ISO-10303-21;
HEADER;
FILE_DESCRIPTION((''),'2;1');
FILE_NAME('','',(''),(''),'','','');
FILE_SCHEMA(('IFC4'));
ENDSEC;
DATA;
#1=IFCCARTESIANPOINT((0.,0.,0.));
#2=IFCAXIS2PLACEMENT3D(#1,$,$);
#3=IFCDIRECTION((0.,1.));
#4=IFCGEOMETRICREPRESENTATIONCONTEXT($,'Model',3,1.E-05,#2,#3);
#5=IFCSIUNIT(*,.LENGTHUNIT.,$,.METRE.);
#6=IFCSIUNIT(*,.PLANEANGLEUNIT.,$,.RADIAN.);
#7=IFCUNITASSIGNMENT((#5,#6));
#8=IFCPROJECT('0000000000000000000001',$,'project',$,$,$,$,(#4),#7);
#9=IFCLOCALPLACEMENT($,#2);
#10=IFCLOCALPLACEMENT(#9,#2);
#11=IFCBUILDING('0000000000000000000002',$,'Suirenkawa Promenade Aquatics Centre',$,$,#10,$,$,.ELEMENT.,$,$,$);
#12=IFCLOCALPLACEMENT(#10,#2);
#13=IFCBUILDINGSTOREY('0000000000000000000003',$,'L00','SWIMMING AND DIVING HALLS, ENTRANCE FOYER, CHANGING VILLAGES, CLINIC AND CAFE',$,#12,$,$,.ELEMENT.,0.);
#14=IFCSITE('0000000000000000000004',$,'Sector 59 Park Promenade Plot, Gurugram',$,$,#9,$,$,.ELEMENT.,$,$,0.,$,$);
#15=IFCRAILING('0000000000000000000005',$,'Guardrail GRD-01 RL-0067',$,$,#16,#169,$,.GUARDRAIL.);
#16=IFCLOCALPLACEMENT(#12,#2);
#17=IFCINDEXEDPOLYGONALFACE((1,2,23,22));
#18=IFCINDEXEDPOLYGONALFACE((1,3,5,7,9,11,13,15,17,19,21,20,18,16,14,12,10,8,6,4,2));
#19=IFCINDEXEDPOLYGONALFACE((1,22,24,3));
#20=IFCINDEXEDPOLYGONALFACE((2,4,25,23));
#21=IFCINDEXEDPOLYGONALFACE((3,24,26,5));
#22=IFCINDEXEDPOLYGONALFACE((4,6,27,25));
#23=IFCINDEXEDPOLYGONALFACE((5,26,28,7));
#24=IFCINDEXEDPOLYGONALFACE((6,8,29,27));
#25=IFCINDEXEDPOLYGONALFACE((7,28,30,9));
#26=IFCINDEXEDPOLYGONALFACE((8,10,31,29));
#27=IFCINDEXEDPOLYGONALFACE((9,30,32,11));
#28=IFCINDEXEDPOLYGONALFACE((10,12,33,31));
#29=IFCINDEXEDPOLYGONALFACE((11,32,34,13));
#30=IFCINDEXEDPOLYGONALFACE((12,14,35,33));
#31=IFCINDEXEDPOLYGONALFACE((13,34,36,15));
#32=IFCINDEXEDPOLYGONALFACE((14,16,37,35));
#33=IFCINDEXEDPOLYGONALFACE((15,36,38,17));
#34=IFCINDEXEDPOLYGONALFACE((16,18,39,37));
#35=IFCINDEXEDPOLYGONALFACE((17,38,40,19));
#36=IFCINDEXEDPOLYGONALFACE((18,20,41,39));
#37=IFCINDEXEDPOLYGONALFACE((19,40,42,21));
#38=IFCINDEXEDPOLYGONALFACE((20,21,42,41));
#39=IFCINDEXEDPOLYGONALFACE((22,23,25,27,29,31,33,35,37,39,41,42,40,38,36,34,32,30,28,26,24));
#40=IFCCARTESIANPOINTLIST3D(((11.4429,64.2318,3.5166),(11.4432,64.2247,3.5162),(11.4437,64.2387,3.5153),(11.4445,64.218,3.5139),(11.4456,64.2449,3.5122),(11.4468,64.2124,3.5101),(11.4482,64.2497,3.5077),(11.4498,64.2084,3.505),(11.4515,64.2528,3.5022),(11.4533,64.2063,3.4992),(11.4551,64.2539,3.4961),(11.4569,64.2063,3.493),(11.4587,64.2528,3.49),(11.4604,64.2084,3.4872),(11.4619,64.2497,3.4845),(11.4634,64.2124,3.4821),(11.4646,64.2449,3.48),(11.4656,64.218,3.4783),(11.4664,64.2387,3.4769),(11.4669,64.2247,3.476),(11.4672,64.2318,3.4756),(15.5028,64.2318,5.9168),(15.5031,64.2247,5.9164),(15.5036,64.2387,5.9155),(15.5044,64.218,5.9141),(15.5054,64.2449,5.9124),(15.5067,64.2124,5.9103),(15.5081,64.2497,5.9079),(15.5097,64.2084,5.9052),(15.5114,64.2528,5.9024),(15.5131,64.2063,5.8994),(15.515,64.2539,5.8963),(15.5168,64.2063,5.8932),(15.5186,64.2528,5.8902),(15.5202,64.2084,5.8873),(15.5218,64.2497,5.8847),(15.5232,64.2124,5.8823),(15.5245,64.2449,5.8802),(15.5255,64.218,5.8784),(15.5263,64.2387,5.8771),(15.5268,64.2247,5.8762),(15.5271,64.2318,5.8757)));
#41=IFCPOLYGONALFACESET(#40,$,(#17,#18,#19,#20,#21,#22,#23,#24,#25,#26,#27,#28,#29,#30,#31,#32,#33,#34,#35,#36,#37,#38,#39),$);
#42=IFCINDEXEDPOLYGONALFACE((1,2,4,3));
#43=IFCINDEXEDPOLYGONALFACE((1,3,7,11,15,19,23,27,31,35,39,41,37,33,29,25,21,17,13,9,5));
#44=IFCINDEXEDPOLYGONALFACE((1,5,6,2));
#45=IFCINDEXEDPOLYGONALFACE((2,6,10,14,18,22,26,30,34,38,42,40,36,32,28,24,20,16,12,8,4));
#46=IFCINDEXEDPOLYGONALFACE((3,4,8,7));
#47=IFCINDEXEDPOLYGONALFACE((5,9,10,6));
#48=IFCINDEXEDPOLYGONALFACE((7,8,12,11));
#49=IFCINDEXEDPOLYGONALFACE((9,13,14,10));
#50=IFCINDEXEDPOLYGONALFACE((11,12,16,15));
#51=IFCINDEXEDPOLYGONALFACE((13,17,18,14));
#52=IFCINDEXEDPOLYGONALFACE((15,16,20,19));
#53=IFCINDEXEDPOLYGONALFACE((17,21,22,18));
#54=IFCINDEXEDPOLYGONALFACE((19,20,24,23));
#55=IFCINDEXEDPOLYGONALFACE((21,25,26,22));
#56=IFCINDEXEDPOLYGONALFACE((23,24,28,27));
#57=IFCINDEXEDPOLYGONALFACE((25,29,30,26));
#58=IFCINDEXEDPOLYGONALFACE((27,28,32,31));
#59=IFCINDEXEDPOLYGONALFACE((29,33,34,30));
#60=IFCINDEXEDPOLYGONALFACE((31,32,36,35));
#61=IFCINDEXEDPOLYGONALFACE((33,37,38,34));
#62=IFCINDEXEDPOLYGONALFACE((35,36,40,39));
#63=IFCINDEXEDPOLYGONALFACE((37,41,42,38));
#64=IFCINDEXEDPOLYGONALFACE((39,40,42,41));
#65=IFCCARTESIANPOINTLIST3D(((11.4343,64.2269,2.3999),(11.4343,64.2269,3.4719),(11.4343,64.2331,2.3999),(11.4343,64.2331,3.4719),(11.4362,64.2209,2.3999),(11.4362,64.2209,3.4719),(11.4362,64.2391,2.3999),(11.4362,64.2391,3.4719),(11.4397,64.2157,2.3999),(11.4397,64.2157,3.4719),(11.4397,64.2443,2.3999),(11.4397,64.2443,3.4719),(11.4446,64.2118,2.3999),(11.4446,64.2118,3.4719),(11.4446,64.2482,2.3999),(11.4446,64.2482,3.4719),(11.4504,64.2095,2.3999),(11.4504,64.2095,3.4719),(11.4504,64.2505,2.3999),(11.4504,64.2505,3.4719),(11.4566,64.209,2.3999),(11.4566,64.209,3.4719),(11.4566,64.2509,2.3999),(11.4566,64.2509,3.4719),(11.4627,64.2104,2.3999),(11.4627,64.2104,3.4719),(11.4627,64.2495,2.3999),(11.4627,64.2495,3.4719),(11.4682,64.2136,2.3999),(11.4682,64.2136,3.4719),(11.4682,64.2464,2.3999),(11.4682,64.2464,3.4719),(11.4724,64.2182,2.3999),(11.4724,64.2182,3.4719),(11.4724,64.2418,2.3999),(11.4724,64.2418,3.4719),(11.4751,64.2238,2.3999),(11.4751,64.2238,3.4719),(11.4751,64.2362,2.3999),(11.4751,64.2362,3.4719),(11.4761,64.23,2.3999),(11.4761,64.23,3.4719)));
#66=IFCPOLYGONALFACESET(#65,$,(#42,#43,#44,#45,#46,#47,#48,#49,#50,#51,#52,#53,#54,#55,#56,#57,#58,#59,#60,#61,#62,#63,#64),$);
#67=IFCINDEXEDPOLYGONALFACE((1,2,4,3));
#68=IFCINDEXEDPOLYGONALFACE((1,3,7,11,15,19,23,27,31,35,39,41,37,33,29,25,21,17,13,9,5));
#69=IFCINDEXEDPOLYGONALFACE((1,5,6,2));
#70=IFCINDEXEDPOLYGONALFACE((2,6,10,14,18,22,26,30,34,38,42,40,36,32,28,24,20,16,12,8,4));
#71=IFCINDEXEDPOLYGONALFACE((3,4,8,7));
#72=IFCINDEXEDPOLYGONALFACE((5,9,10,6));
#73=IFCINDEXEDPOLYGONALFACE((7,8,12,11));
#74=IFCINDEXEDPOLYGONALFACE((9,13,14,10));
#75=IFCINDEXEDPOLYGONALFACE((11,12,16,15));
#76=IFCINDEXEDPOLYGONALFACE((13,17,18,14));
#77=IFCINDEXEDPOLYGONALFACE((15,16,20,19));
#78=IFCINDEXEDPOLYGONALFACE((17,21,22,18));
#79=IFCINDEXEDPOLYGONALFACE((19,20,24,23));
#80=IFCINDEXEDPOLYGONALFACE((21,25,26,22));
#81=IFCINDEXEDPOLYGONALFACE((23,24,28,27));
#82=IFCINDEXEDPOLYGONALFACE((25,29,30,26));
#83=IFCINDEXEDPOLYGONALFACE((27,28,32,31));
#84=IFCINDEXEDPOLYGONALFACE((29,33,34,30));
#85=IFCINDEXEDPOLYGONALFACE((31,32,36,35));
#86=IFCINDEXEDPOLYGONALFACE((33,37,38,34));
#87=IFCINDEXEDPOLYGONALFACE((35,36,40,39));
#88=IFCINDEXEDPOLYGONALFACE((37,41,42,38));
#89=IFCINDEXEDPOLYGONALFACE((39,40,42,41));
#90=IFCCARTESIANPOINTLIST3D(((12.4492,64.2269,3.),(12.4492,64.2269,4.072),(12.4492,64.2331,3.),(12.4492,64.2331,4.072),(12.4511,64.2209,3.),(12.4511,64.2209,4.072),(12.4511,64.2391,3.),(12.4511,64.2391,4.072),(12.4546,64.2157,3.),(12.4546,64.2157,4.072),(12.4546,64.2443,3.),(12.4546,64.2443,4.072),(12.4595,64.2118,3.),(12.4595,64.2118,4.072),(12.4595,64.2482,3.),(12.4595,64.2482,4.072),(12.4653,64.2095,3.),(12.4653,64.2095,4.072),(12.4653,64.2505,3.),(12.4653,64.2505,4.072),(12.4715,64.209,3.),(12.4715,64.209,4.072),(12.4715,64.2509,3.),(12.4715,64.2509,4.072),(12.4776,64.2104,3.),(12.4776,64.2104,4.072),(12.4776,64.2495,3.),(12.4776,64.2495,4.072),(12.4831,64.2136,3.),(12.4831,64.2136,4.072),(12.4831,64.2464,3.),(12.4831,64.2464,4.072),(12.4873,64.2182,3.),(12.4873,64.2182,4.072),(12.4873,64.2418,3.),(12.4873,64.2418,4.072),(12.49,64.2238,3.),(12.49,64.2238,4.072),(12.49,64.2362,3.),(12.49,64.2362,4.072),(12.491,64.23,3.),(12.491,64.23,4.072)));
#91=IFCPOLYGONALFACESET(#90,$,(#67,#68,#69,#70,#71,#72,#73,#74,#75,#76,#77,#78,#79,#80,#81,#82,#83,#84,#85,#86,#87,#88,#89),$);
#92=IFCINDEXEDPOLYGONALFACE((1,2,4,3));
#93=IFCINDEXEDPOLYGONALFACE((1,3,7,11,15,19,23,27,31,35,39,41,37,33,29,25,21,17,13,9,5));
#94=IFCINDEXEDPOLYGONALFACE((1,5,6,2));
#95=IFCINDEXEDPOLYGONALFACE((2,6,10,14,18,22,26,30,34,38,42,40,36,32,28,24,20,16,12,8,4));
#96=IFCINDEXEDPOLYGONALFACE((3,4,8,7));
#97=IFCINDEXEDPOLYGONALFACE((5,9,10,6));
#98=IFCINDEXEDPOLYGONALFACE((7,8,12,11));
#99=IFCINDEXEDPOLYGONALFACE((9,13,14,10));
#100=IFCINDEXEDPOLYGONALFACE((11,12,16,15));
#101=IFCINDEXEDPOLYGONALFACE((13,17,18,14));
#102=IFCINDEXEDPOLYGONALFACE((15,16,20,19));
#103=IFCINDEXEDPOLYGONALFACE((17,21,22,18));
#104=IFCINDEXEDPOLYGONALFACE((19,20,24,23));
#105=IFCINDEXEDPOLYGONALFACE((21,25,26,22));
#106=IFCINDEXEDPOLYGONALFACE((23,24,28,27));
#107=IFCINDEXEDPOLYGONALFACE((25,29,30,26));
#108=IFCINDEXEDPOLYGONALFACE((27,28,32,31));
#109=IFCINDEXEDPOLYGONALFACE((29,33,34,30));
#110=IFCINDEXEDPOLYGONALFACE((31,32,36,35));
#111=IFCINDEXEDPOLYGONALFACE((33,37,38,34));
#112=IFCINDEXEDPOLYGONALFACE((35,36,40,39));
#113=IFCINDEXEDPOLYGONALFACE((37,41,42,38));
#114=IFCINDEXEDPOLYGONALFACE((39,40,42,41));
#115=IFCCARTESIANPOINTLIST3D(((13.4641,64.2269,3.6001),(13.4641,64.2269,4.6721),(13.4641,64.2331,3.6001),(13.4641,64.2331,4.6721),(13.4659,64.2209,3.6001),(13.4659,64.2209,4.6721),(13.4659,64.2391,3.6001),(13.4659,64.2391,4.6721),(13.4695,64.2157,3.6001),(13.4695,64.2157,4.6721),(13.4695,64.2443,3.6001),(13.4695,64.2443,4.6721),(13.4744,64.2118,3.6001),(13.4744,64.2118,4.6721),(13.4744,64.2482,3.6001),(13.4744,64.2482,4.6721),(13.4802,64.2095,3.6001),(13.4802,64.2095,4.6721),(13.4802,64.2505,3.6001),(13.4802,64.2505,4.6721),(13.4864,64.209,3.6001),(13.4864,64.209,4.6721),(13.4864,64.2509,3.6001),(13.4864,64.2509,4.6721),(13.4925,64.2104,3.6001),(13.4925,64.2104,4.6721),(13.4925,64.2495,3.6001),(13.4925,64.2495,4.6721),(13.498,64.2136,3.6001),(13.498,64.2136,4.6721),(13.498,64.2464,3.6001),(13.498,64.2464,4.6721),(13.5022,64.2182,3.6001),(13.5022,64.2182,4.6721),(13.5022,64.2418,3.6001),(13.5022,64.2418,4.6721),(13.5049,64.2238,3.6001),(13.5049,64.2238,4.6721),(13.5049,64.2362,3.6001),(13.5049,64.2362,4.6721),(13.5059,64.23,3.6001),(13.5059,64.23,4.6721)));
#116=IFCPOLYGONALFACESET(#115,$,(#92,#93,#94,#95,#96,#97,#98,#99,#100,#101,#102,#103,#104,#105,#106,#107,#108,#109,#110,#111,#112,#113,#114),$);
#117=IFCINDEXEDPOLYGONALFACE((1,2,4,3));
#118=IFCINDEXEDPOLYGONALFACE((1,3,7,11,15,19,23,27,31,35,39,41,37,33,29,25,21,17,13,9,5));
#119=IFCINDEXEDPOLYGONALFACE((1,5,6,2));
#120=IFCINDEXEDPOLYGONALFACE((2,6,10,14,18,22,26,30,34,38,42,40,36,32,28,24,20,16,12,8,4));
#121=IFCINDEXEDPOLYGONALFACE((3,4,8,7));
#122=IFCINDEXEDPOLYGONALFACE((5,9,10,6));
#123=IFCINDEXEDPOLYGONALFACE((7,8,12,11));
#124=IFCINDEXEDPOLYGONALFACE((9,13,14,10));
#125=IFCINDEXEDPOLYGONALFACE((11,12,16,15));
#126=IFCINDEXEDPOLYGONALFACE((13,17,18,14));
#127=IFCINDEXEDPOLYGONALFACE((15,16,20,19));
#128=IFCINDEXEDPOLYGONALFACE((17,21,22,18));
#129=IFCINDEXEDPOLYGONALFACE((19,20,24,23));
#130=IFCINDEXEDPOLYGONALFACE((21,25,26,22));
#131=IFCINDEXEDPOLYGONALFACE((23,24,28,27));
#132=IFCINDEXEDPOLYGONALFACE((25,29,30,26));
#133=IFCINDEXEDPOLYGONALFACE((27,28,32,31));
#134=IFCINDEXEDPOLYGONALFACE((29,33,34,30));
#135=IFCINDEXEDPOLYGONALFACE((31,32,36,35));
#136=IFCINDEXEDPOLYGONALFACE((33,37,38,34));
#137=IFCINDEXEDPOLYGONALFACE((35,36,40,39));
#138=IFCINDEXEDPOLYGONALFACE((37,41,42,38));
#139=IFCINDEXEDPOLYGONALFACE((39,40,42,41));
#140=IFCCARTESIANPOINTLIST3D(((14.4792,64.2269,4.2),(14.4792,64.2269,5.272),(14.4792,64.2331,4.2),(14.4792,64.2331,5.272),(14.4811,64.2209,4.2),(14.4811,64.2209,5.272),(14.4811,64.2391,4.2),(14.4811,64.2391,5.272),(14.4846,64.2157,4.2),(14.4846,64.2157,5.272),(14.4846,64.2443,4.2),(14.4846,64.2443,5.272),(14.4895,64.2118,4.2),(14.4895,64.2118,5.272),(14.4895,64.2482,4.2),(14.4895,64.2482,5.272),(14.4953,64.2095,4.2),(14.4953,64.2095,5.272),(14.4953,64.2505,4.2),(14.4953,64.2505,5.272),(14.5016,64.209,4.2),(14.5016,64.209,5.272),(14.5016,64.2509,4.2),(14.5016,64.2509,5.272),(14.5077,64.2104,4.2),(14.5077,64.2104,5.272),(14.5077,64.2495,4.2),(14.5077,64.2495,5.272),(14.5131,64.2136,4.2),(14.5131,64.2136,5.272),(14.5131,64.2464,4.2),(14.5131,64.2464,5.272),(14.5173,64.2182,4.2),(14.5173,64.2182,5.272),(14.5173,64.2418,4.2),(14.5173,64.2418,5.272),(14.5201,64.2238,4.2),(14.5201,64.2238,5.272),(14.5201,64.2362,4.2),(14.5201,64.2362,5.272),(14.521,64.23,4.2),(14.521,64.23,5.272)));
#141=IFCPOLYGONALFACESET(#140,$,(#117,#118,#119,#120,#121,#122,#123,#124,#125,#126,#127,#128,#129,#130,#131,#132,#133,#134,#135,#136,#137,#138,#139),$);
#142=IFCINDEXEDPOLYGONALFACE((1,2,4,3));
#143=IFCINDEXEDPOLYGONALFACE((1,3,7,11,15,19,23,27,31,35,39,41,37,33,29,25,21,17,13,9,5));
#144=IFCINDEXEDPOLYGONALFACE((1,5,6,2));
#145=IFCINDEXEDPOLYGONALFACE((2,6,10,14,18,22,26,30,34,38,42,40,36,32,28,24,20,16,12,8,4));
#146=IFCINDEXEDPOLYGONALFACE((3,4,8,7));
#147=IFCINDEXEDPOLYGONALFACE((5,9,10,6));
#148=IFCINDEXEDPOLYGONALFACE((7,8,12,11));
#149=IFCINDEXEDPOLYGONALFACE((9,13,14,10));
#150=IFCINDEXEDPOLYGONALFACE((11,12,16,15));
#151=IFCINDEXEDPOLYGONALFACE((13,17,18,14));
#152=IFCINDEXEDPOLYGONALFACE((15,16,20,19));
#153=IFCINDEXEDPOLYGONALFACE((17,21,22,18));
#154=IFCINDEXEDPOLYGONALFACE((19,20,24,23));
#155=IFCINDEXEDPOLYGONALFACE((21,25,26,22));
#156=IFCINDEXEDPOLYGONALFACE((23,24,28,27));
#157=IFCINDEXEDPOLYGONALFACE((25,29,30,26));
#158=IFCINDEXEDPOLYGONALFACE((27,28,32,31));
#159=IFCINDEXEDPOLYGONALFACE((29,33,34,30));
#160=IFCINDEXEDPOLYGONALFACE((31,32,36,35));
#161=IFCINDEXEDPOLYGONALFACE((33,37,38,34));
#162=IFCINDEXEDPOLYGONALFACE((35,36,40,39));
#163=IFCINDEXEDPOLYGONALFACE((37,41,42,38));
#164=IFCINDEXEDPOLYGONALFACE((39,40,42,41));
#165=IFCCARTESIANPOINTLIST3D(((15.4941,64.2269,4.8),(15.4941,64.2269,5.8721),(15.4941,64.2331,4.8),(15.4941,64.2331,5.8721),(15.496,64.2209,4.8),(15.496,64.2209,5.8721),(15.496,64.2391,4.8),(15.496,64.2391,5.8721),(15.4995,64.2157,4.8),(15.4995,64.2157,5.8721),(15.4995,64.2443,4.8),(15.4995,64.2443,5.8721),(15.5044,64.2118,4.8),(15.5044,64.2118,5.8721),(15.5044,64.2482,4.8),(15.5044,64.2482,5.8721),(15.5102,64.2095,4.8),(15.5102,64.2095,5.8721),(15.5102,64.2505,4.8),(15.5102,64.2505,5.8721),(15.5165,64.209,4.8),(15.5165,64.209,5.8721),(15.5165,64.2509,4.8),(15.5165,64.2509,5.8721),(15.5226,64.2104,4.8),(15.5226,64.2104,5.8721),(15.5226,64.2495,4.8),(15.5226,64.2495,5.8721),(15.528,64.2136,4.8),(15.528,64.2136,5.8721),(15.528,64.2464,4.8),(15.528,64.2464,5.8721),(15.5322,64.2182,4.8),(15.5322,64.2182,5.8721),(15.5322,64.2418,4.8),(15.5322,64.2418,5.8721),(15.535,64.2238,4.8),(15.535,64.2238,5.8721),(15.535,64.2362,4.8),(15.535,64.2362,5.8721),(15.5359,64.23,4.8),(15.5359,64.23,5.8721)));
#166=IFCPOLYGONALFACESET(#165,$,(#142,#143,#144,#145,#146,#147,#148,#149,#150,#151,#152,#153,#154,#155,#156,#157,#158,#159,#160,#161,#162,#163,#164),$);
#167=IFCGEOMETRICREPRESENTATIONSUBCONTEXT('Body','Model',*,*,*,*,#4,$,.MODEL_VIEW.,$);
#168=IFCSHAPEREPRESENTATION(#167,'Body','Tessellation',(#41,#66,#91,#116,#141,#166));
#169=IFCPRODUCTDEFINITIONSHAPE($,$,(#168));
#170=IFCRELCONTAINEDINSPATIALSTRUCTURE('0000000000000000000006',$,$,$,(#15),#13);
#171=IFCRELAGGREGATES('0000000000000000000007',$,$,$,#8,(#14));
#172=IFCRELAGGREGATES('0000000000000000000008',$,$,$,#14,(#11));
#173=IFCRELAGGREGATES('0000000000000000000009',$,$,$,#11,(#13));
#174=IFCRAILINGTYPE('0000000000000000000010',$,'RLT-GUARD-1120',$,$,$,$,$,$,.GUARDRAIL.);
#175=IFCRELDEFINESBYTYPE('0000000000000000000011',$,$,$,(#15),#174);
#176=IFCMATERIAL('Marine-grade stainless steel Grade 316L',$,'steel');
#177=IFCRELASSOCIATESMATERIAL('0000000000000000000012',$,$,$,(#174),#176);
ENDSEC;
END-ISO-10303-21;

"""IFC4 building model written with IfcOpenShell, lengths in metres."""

from ifc_helpers import new_model, si_unit, direction, frame, origin, origin_2d, place, context, subcontext, project, spatial, circle, extrude, material, type_object, element, save


model = new_model("IFC4")

# Units and contexts
model_context = context("Model", 3, precision=1e-05, world=origin(), true_north=direction((0.0, 1.0)))
body_context = subcontext(model_context, "Body", "Model", "MODEL_VIEW")
ifc_project = project(units=[si_unit("LENGTHUNIT", "METRE"), si_unit("PLANEANGLEUNIT", "RADIAN")], contexts=[model_context])

# Site, building, storey
site_placement = place(None, origin())
site = spatial("IfcSite", under=ifc_project, at=site_placement, Name="Sector 59 Park Promenade Plot, Gurugram", CompositionType="ELEMENT", RefElevation=0.0)
building_placement = place(site_placement, origin())
building = spatial("IfcBuilding", under=site, at=building_placement, Name="Suirenkawa Promenade Aquatics Centre", CompositionType="ELEMENT")
storey_placement = place(building_placement, origin())
storey = spatial("IfcBuildingStorey", under=building, at=storey_placement, Name="L00", Description="SWIMMING AND DIVING HALLS, ENTRANCE FOYER, CHANGING VILLAGES, CLINIC AND CAFE", CompositionType="ELEMENT", Elevation=0.0)

# Railing
ifc_material_1 = material(Name="Marine-grade stainless steel Grade 316L", Category="steel")
railing_type_1 = type_object("IfcRailingType", Name="RLT-GUARD-1120", PredefinedType="GUARDRAIL", material=ifc_material_1)
railing_1_placement = place(storey_placement, frame((11.4551, 64.23, 2.3999)))
element("IfcRailing", 1, at=railing_1_placement, inside=storey, type_object=railing_type_1, Name="Guardrail GRD-01 RL-0067", PredefinedType="GUARDRAIL", context=body_context, shape_type="SweptSolid", body=[
    extrude(circle(Radius=0.0239, at=origin_2d()), frame((0.0, 0.0, 1.0962), z_axis=(0.860818, 0.0, 0.508912), x_axis=(0.0, 1.0, 0.0)), (0.0, 0.0, 1.0), 4.7163),
    extrude(circle(Radius=0.021, at=origin_2d()), origin(), (0.0, 0.0, 1.0), 1.072),
    extrude(circle(Radius=0.021, at=origin_2d()), frame((1.0149, 0.0, 0.6001)), (0.0, 0.0, 1.0), 1.072),
    extrude(circle(Radius=0.021, at=origin_2d()), frame((2.0298, 0.0, 1.2002)), (0.0, 0.0, 1.0), 1.072),
    extrude(circle(Radius=0.021, at=origin_2d()), frame((3.0449, 0.0, 1.8)), (0.0, 0.0, 1.0), 1.072),
    extrude(circle(Radius=0.021, at=origin_2d()), frame((4.0598, 0.0, 2.4001)), (0.0, 0.0, 1.0), 1.072),
])

save(model, "model.ifc")
